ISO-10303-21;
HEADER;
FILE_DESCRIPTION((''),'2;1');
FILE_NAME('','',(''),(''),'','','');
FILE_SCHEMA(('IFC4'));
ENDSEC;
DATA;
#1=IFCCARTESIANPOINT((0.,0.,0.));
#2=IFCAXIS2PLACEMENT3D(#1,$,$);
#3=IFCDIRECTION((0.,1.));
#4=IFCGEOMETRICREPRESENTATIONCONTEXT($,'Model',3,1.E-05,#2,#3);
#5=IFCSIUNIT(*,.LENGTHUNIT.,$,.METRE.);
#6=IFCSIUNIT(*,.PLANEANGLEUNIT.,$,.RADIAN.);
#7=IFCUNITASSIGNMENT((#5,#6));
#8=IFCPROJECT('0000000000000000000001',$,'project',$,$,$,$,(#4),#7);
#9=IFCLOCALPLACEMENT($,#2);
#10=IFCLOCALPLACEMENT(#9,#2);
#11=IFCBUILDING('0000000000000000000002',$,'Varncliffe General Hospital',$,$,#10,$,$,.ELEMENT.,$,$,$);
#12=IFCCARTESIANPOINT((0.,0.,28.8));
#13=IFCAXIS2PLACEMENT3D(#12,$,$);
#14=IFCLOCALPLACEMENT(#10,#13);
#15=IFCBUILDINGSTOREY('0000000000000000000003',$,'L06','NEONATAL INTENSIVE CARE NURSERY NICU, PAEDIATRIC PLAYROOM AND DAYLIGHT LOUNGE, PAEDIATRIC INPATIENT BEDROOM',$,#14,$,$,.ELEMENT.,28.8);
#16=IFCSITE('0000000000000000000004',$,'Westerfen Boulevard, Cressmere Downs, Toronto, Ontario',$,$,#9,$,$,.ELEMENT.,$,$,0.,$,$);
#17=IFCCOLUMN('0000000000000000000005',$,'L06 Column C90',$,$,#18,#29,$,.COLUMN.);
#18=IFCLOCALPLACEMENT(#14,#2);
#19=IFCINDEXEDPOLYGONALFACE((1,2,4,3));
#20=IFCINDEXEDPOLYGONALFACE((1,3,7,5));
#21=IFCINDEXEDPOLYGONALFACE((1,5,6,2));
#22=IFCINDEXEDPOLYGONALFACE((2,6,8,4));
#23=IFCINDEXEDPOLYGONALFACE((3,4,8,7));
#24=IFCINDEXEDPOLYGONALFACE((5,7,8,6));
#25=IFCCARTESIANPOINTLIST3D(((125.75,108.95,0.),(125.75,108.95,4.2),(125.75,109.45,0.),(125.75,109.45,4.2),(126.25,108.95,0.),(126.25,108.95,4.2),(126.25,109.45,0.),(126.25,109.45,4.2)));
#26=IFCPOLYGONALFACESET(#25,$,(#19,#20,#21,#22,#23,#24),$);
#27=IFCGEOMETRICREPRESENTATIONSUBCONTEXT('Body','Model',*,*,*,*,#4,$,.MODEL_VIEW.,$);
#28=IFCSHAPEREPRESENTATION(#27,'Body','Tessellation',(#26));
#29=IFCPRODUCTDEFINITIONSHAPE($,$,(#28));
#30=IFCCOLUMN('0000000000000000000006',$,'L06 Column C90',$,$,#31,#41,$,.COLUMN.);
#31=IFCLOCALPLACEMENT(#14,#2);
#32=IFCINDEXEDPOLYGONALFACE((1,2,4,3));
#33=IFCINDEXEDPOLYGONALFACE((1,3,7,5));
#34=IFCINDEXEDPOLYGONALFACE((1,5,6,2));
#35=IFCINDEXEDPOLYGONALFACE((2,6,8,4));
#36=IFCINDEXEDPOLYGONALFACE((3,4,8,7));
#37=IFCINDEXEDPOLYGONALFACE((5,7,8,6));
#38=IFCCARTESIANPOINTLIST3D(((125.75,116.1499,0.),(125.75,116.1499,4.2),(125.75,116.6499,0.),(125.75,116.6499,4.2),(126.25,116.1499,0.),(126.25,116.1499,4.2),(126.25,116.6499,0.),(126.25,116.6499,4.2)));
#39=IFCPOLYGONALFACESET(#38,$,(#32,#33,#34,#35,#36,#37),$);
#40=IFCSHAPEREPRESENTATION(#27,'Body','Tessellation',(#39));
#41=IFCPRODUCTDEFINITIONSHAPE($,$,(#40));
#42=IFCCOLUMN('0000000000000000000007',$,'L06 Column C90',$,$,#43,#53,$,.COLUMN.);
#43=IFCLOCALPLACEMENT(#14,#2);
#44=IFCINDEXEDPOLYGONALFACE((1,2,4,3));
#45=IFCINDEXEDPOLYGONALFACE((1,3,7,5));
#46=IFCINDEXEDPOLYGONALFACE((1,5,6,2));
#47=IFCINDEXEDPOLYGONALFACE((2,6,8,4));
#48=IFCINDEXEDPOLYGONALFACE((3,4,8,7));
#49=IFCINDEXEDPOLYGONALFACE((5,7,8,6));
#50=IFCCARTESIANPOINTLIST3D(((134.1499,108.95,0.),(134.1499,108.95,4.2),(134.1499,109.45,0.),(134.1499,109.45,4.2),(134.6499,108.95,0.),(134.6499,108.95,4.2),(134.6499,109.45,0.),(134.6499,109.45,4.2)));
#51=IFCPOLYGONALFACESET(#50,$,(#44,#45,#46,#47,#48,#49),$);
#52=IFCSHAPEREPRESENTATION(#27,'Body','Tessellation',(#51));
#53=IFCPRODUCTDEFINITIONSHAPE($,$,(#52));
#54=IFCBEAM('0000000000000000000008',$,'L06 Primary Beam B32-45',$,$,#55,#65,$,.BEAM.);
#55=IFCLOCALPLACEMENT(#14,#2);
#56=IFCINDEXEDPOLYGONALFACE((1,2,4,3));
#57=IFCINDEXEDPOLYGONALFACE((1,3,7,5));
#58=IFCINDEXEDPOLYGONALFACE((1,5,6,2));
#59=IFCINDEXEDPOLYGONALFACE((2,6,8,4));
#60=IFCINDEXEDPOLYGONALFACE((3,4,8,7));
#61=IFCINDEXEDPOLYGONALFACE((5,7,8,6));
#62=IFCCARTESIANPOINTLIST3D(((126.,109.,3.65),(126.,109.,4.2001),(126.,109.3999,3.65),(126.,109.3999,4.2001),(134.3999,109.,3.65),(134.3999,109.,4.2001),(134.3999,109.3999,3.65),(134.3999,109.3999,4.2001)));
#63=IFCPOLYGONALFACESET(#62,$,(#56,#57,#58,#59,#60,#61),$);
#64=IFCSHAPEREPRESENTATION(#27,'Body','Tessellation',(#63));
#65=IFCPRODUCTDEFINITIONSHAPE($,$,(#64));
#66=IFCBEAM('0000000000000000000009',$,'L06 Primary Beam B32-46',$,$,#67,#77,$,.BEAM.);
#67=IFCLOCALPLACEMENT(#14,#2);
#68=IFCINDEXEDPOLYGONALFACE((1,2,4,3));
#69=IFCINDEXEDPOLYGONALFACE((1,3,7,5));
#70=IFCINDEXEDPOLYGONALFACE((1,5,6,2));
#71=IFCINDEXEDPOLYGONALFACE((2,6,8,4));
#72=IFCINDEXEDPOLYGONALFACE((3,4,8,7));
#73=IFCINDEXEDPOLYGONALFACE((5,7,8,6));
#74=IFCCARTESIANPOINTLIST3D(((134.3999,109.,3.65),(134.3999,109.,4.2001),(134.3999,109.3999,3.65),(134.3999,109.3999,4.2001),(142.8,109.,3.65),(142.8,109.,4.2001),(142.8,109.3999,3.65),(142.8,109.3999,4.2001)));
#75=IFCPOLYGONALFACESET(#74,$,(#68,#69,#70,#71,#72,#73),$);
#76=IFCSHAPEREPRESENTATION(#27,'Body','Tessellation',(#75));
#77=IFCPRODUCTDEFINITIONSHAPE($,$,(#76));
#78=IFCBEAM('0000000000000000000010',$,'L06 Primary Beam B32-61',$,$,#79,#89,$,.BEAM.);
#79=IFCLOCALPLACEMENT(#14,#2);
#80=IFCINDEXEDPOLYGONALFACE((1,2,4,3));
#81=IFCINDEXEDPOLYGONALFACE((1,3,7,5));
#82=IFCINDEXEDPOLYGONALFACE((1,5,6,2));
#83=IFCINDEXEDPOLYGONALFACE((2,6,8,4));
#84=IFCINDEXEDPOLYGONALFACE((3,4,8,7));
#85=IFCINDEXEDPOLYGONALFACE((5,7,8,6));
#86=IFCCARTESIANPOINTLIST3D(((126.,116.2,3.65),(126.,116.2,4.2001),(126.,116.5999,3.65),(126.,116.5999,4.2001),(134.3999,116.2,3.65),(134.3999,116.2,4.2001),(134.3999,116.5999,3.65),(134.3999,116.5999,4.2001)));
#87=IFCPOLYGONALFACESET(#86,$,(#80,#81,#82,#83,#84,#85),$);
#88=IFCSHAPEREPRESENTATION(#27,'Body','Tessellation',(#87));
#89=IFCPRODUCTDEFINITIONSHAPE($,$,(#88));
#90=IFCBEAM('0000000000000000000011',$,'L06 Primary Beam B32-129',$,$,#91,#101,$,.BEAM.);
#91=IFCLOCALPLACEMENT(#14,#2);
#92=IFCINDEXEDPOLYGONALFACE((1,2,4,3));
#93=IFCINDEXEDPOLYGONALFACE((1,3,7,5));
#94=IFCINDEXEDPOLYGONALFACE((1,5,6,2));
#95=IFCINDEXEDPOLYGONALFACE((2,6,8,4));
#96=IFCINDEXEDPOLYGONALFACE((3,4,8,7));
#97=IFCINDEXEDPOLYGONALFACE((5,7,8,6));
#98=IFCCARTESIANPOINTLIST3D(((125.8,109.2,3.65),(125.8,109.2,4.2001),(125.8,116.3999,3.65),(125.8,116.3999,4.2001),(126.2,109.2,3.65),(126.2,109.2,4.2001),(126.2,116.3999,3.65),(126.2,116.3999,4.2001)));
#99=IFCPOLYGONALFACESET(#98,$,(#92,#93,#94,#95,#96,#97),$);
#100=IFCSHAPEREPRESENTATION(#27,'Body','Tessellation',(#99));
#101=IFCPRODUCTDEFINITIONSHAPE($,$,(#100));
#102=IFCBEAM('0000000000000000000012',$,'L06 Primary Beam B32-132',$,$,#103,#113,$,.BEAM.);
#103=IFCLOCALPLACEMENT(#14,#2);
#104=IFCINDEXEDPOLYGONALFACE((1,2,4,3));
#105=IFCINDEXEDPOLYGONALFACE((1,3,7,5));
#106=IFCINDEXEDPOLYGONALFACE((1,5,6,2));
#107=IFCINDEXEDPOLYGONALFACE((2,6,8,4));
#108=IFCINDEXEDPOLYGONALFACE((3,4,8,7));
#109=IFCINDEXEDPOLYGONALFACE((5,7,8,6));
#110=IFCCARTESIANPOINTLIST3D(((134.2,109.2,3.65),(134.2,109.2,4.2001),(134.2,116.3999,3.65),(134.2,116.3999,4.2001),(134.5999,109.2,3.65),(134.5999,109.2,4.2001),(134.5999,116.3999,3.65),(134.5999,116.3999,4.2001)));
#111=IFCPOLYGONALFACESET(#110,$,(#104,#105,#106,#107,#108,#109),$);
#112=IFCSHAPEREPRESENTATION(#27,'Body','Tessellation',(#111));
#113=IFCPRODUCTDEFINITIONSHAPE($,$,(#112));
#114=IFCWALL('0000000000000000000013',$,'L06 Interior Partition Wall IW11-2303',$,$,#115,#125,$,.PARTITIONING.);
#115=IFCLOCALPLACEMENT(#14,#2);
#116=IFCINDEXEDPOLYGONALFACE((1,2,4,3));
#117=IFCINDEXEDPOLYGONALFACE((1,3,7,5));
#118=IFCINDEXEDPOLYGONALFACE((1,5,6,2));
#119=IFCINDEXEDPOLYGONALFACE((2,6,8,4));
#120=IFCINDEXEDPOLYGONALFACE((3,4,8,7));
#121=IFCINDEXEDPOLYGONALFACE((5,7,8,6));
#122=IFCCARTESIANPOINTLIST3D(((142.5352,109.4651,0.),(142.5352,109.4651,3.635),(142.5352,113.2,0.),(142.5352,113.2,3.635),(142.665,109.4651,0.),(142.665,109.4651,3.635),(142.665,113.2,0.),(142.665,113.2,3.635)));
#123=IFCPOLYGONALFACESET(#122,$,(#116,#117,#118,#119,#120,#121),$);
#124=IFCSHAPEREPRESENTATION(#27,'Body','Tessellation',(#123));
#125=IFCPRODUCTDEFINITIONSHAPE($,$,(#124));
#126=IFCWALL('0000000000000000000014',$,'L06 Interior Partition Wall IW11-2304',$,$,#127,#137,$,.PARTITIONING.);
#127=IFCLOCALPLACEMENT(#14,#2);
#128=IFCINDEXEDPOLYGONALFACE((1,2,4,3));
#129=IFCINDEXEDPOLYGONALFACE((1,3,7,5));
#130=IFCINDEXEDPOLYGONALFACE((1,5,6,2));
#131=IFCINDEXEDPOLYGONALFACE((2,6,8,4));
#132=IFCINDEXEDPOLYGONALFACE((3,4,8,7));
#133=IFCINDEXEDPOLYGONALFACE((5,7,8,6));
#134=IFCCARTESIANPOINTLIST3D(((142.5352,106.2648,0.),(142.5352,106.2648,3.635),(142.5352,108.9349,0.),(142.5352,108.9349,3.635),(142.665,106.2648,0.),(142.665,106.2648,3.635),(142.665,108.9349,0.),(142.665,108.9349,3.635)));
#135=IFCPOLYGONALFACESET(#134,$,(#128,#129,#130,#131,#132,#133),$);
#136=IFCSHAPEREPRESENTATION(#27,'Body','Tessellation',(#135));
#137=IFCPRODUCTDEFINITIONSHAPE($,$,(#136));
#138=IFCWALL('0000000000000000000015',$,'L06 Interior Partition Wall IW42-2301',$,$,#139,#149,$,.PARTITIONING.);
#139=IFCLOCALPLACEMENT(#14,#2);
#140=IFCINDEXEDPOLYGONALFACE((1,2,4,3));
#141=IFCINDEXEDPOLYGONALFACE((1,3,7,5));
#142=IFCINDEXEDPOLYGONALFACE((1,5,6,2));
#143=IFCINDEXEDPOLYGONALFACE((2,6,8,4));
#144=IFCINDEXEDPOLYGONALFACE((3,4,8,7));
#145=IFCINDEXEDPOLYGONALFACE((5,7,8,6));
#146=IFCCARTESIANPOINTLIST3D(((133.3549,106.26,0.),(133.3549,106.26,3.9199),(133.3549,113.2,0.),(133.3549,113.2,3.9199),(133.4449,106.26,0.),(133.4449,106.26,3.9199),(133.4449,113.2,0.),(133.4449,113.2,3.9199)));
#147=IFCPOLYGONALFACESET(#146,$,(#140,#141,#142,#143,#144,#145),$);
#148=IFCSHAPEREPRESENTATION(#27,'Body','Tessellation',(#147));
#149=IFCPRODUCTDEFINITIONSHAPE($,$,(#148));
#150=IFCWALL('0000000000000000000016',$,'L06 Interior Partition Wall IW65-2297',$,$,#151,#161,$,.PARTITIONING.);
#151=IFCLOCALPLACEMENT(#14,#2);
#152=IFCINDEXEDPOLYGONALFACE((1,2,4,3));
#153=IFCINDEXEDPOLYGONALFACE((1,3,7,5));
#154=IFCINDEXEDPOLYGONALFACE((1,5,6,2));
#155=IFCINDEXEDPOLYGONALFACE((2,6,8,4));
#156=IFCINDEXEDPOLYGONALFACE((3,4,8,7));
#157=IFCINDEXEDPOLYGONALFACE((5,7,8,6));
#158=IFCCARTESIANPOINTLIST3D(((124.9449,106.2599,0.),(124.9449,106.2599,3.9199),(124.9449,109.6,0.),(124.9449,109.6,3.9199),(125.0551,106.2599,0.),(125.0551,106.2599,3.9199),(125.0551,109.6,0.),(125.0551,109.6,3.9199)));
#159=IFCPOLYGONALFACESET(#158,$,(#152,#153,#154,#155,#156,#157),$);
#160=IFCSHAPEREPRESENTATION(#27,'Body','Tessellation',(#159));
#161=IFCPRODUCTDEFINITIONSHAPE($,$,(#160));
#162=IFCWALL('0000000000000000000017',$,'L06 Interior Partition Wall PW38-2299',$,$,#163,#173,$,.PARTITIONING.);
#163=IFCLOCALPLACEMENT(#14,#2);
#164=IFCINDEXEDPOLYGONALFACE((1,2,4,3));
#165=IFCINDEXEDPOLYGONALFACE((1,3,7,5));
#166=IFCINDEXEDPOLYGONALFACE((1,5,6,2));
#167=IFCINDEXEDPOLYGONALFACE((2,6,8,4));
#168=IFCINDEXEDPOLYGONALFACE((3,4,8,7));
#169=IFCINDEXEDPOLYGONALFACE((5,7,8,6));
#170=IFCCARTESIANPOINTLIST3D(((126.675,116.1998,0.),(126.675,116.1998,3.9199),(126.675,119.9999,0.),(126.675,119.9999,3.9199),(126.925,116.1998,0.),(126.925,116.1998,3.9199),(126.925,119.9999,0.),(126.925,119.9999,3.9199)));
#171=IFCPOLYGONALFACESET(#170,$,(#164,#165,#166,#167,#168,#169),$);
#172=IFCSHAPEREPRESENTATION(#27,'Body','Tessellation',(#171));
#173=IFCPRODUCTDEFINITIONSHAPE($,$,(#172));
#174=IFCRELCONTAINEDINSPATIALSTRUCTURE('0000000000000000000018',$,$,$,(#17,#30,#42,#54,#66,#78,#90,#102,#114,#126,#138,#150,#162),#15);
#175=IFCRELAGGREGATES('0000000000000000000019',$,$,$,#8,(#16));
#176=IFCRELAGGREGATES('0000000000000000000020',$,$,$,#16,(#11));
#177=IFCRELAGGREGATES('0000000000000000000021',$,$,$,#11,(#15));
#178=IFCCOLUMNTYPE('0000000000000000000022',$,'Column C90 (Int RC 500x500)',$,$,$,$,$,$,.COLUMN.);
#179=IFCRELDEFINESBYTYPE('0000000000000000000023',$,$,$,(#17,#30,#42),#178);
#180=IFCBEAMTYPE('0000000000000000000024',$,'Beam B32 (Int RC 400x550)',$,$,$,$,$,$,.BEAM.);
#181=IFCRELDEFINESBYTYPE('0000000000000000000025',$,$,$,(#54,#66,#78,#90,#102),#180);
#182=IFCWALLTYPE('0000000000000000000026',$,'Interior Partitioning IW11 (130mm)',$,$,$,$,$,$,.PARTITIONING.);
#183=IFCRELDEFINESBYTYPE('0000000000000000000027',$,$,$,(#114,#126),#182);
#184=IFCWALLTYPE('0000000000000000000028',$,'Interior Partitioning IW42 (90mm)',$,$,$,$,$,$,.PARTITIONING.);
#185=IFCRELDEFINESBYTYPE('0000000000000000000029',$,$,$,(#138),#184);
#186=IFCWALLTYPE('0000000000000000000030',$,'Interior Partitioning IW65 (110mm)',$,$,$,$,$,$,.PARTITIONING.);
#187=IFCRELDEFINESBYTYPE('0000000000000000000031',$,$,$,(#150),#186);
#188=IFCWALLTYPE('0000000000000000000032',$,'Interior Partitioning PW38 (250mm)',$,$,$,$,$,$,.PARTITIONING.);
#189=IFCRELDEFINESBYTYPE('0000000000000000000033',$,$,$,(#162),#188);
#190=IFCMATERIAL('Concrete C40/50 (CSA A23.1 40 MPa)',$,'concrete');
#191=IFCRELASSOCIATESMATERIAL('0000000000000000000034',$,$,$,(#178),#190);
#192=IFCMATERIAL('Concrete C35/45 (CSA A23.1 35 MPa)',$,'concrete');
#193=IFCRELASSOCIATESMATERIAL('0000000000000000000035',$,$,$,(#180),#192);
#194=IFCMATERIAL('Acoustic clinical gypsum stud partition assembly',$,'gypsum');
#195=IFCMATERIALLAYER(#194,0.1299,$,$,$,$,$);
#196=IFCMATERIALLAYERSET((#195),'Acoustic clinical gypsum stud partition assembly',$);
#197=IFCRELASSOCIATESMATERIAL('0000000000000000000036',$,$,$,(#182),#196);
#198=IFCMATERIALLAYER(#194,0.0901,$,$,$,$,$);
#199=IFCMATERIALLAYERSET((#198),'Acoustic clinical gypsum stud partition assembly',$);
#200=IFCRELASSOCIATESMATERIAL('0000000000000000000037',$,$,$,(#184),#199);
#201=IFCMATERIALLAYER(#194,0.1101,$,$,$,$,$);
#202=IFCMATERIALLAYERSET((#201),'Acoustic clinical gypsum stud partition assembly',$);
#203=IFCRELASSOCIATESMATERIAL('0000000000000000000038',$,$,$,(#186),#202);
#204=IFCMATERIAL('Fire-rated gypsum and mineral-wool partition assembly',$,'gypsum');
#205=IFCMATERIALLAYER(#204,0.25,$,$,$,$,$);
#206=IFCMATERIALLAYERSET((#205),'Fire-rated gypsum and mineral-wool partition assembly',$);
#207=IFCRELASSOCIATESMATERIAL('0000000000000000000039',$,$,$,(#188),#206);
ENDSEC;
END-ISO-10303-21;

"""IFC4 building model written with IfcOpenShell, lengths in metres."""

from ifc_helpers import new_model, si_unit, direction, frame, frame_2d, origin, origin_2d, place, context, subcontext, project, spatial, rectangle, extrude, material, layer, layer_set, material_profile, profile_set, type_object, element, save


model = new_model("IFC4")

# Units and contexts
model_context = context("Model", 3, precision=1e-05, world=origin(), true_north=direction((0.0, 1.0)))
body_context = subcontext(model_context, "Body", "Model", "MODEL_VIEW")
ifc_project = project(units=[si_unit("LENGTHUNIT", "METRE"), si_unit("PLANEANGLEUNIT", "RADIAN")], contexts=[model_context])

# Site, building, storey
site_placement = place(None, origin())
site = spatial("IfcSite", under=ifc_project, at=site_placement, Name="Westerfen Boulevard, Cressmere Downs, Toronto, Ontario", CompositionType="ELEMENT", RefElevation=0.0)
building_placement = place(site_placement, origin())
building = spatial("IfcBuilding", under=site, at=building_placement, Name="Varncliffe General Hospital", CompositionType="ELEMENT")
storey_placement = place(building_placement, frame((0.0, 0.0, 28.8)))
storey = spatial("IfcBuildingStorey", under=building, at=storey_placement, Name="L06", Description="NEONATAL INTENSIVE CARE NURSERY NICU, PAEDIATRIC PLAYROOM AND DAYLIGHT LOUNGE, PAEDIATRIC INPATIENT BEDROOM", CompositionType="ELEMENT", Elevation=28.8)

# Columns
ifc_material_1 = material(Name="Concrete C40/50 (CSA A23.1 40 MPa)", Category="concrete")
ifc_material_profile_1 = material_profile(ifc_material_1, rectangle(XDim=0.5, YDim=0.5, at=origin_2d()), Name="RC 500x500")
ifc_profile_set_1 = profile_set([ifc_material_profile_1], Name="Concrete C40/50 (CSA A23.1 40 MPa)")
column_type = type_object("IfcColumnType", Name="Column C90 (Int RC 500x500)", PredefinedType="COLUMN", material=ifc_profile_set_1)
for number, where, z_axis, x_axis, name in (
    (1, (126.0, 109.2, 0.0), (0.0, 0.0, 1.0), (1.0, 0.0, 0.0), "L06 Column C90"),
    (2, (126.0, 116.3999, 0.0), (0.0, 0.0, 1.0), (1.0, 0.0, 0.0), "L06 Column C90"),
    (3, (134.3999, 109.2, 0.0), (0.0, 0.0, 1.0), (1.0, 0.0, 0.0), "L06 Column C90"),
):
    element("IfcColumn", number, at=place(storey_placement, frame(where, z_axis=z_axis, x_axis=x_axis)), inside=storey, type_object=column_type, Name=name, PredefinedType="COLUMN", context=body_context, shape_type="SweptSolid", body=[
        extrude(rectangle(XDim=0.5, YDim=0.5, at=origin_2d()), origin(), (0.0, 0.0, 1.0), 4.2),
    ])

# Beams
ifc_material_2 = material(Name="Concrete C35/45 (CSA A23.1 35 MPa)", Category="concrete")
ifc_material_profile_2 = material_profile(ifc_material_2, rectangle(XDim=0.3999, YDim=0.55, at=origin_2d()), Name="RC 400x550")
ifc_profile_set_2 = profile_set([ifc_material_profile_2], Name="Concrete C35/45 (CSA A23.1 35 MPa)")
beam_type = type_object("IfcBeamType", Name="Beam B32 (Int RC 400x550)", PredefinedType="BEAM", material=ifc_profile_set_2)
beam_1_placement = place(storey_placement, frame((126.0, 109.2, 3.925), z_axis=(1.0, 0.0, 0.0), x_axis=(0.0, 1.0, 0.0)))
element("IfcBeam", 4, at=beam_1_placement, inside=storey, type_object=beam_type, Name="L06 Primary Beam B32-45", PredefinedType="BEAM", context=body_context, shape_type="SweptSolid", body=[
    extrude(rectangle(XDim=0.3999, YDim=0.55, at=origin_2d()), origin(), (0.0, 0.0, 1.0), 8.3999),
])
beam_2_placement = place(storey_placement, frame((134.3999, 109.2, 3.925), z_axis=(1.0, 0.0, 0.0), x_axis=(0.0, 1.0, 0.0)))
element("IfcBeam", 5, at=beam_2_placement, inside=storey, type_object=beam_type, Name="L06 Primary Beam B32-46", PredefinedType="BEAM", context=body_context, shape_type="SweptSolid", body=[
    extrude(rectangle(XDim=0.3999, YDim=0.55, at=origin_2d()), origin(), (0.0, 0.0, 1.0), 8.4001),
])
beam_3_placement = place(storey_placement, frame((126.0, 116.3999, 3.925), z_axis=(1.0, 0.0, 0.0), x_axis=(0.0, 1.0, 0.0)))
element("IfcBeam", 6, at=beam_3_placement, inside=storey, type_object=beam_type, Name="L06 Primary Beam B32-61", PredefinedType="BEAM", context=body_context, shape_type="SweptSolid", body=[
    extrude(rectangle(XDim=0.3999, YDim=0.55, at=origin_2d()), origin(), (0.0, 0.0, 1.0), 8.3999),
])
for number, where, z_axis, x_axis, name in (
    (7, (126.0, 109.2, 3.925), (0.0, 1.0, 0.0), (-1.0, 0.0, 0.0), "L06 Primary Beam B32-129"),
    (8, (134.3999, 109.2, 3.925), (0.0, 1.0, 0.0), (-1.0, 0.0, 0.0), "L06 Primary Beam B32-132"),
):
    element("IfcBeam", number, at=place(storey_placement, frame(where, z_axis=z_axis, x_axis=x_axis)), inside=storey, type_object=beam_type, Name=name, PredefinedType="BEAM", context=body_context, shape_type="SweptSolid", body=[
        extrude(rectangle(XDim=0.3999, YDim=0.55, at=origin_2d()), origin(), (0.0, 0.0, 1.0), 7.2),
    ])

# Walls
ifc_material_3 = material(Name="Acoustic clinical gypsum stud partition assembly", Category="gypsum")
ifc_layer_1 = layer(ifc_material_3, 0.1299)
ifc_layer_set_1 = layer_set([ifc_layer_1], Name="Acoustic clinical gypsum stud partition assembly")
wall_type_1 = type_object("IfcWallType", Name="Interior Partitioning IW11 (130mm)", PredefinedType="PARTITIONING", material=ifc_layer_set_1)
wall_1_placement = place(storey_placement, frame((142.6001, 109.4651, 0.0), z_axis=(0.0, 0.0, 1.0), x_axis=(0.0, 1.0, 0.0)))
element("IfcWall", 9, at=wall_1_placement, inside=storey, type_object=wall_type_1, Name="L06 Interior Partition Wall IW11-2303", PredefinedType="PARTITIONING", context=body_context, shape_type="SweptSolid", body=[
    extrude(rectangle(XDim=3.7349, YDim=0.1299, at=frame_2d((1.8674, 0.0))), origin(), (0.0, 0.0, 1.0), 3.635),
])
wall_2_placement = place(storey_placement, frame((142.6001, 106.2649, 0.0), z_axis=(0.0, 0.0, 1.0), x_axis=(0.0, 1.0, 0.0)))
element("IfcWall", 10, at=wall_2_placement, inside=storey, type_object=wall_type_1, Name="L06 Interior Partition Wall IW11-2304", PredefinedType="PARTITIONING", context=body_context, shape_type="SweptSolid", body=[
    extrude(rectangle(XDim=2.6702, YDim=0.1299, at=frame_2d((1.335, 0.0))), origin(), (0.0, 0.0, 1.0), 3.635),
])
ifc_layer_2 = layer(ifc_material_3, 0.0901)
ifc_layer_set_2 = layer_set([ifc_layer_2], Name="Acoustic clinical gypsum stud partition assembly")
wall_type_2 = type_object("IfcWallType", Name="Interior Partitioning IW42 (90mm)", PredefinedType="PARTITIONING", material=ifc_layer_set_2)
wall_3_placement = place(storey_placement, frame((133.3999, 106.26, 0.0), z_axis=(0.0, 0.0, 1.0), x_axis=(0.0, 1.0, 0.0)))
element("IfcWall", 11, at=wall_3_placement, inside=storey, type_object=wall_type_2, Name="L06 Interior Partition Wall IW42-2301", PredefinedType="PARTITIONING", context=body_context, shape_type="SweptSolid", body=[
    extrude(rectangle(XDim=6.9399, YDim=0.0901, at=frame_2d((3.47, 0.0))), origin(), (0.0, 0.0, 1.0), 3.9199),
])
ifc_layer_3 = layer(ifc_material_3, 0.1101)
ifc_layer_set_3 = layer_set([ifc_layer_3], Name="Acoustic clinical gypsum stud partition assembly")
wall_type_3 = type_object("IfcWallType", Name="Interior Partitioning IW65 (110mm)", PredefinedType="PARTITIONING", material=ifc_layer_set_3)
wall_4_placement = place(storey_placement, frame((125.0, 106.26, 0.0), z_axis=(0.0, 0.0, 1.0), x_axis=(0.0, 1.0, 0.0)))
element("IfcWall", 12, at=wall_4_placement, inside=storey, type_object=wall_type_3, Name="L06 Interior Partition Wall IW65-2297", PredefinedType="PARTITIONING", context=body_context, shape_type="SweptSolid", body=[
    extrude(rectangle(XDim=3.3401, YDim=0.1101, at=frame_2d((1.6699, 0.0))), origin(), (0.0, 0.0, 1.0), 3.9199),
])
ifc_material_4 = material(Name="Fire-rated gypsum and mineral-wool partition assembly", Category="gypsum")
ifc_layer_4 = layer(ifc_material_4, 0.25)
ifc_layer_set_4 = layer_set([ifc_layer_4], Name="Fire-rated gypsum and mineral-wool partition assembly")
wall_type_4 = type_object("IfcWallType", Name="Interior Partitioning PW38 (250mm)", PredefinedType="PARTITIONING", material=ifc_layer_set_4)
wall_5_placement = place(storey_placement, frame((126.8, 116.2, 0.0), z_axis=(0.0, 0.0, 1.0), x_axis=(0.0, 1.0, 0.0)))
element("IfcWall", 13, at=wall_5_placement, inside=storey, type_object=wall_type_4, Name="L06 Interior Partition Wall PW38-2299", PredefinedType="PARTITIONING", context=body_context, shape_type="SweptSolid", body=[
    extrude(rectangle(XDim=3.8, YDim=0.25, at=frame_2d((1.8999, 0.0))), origin(), (0.0, 0.0, 1.0), 3.9199),
])

save(model, "model.ifc")
